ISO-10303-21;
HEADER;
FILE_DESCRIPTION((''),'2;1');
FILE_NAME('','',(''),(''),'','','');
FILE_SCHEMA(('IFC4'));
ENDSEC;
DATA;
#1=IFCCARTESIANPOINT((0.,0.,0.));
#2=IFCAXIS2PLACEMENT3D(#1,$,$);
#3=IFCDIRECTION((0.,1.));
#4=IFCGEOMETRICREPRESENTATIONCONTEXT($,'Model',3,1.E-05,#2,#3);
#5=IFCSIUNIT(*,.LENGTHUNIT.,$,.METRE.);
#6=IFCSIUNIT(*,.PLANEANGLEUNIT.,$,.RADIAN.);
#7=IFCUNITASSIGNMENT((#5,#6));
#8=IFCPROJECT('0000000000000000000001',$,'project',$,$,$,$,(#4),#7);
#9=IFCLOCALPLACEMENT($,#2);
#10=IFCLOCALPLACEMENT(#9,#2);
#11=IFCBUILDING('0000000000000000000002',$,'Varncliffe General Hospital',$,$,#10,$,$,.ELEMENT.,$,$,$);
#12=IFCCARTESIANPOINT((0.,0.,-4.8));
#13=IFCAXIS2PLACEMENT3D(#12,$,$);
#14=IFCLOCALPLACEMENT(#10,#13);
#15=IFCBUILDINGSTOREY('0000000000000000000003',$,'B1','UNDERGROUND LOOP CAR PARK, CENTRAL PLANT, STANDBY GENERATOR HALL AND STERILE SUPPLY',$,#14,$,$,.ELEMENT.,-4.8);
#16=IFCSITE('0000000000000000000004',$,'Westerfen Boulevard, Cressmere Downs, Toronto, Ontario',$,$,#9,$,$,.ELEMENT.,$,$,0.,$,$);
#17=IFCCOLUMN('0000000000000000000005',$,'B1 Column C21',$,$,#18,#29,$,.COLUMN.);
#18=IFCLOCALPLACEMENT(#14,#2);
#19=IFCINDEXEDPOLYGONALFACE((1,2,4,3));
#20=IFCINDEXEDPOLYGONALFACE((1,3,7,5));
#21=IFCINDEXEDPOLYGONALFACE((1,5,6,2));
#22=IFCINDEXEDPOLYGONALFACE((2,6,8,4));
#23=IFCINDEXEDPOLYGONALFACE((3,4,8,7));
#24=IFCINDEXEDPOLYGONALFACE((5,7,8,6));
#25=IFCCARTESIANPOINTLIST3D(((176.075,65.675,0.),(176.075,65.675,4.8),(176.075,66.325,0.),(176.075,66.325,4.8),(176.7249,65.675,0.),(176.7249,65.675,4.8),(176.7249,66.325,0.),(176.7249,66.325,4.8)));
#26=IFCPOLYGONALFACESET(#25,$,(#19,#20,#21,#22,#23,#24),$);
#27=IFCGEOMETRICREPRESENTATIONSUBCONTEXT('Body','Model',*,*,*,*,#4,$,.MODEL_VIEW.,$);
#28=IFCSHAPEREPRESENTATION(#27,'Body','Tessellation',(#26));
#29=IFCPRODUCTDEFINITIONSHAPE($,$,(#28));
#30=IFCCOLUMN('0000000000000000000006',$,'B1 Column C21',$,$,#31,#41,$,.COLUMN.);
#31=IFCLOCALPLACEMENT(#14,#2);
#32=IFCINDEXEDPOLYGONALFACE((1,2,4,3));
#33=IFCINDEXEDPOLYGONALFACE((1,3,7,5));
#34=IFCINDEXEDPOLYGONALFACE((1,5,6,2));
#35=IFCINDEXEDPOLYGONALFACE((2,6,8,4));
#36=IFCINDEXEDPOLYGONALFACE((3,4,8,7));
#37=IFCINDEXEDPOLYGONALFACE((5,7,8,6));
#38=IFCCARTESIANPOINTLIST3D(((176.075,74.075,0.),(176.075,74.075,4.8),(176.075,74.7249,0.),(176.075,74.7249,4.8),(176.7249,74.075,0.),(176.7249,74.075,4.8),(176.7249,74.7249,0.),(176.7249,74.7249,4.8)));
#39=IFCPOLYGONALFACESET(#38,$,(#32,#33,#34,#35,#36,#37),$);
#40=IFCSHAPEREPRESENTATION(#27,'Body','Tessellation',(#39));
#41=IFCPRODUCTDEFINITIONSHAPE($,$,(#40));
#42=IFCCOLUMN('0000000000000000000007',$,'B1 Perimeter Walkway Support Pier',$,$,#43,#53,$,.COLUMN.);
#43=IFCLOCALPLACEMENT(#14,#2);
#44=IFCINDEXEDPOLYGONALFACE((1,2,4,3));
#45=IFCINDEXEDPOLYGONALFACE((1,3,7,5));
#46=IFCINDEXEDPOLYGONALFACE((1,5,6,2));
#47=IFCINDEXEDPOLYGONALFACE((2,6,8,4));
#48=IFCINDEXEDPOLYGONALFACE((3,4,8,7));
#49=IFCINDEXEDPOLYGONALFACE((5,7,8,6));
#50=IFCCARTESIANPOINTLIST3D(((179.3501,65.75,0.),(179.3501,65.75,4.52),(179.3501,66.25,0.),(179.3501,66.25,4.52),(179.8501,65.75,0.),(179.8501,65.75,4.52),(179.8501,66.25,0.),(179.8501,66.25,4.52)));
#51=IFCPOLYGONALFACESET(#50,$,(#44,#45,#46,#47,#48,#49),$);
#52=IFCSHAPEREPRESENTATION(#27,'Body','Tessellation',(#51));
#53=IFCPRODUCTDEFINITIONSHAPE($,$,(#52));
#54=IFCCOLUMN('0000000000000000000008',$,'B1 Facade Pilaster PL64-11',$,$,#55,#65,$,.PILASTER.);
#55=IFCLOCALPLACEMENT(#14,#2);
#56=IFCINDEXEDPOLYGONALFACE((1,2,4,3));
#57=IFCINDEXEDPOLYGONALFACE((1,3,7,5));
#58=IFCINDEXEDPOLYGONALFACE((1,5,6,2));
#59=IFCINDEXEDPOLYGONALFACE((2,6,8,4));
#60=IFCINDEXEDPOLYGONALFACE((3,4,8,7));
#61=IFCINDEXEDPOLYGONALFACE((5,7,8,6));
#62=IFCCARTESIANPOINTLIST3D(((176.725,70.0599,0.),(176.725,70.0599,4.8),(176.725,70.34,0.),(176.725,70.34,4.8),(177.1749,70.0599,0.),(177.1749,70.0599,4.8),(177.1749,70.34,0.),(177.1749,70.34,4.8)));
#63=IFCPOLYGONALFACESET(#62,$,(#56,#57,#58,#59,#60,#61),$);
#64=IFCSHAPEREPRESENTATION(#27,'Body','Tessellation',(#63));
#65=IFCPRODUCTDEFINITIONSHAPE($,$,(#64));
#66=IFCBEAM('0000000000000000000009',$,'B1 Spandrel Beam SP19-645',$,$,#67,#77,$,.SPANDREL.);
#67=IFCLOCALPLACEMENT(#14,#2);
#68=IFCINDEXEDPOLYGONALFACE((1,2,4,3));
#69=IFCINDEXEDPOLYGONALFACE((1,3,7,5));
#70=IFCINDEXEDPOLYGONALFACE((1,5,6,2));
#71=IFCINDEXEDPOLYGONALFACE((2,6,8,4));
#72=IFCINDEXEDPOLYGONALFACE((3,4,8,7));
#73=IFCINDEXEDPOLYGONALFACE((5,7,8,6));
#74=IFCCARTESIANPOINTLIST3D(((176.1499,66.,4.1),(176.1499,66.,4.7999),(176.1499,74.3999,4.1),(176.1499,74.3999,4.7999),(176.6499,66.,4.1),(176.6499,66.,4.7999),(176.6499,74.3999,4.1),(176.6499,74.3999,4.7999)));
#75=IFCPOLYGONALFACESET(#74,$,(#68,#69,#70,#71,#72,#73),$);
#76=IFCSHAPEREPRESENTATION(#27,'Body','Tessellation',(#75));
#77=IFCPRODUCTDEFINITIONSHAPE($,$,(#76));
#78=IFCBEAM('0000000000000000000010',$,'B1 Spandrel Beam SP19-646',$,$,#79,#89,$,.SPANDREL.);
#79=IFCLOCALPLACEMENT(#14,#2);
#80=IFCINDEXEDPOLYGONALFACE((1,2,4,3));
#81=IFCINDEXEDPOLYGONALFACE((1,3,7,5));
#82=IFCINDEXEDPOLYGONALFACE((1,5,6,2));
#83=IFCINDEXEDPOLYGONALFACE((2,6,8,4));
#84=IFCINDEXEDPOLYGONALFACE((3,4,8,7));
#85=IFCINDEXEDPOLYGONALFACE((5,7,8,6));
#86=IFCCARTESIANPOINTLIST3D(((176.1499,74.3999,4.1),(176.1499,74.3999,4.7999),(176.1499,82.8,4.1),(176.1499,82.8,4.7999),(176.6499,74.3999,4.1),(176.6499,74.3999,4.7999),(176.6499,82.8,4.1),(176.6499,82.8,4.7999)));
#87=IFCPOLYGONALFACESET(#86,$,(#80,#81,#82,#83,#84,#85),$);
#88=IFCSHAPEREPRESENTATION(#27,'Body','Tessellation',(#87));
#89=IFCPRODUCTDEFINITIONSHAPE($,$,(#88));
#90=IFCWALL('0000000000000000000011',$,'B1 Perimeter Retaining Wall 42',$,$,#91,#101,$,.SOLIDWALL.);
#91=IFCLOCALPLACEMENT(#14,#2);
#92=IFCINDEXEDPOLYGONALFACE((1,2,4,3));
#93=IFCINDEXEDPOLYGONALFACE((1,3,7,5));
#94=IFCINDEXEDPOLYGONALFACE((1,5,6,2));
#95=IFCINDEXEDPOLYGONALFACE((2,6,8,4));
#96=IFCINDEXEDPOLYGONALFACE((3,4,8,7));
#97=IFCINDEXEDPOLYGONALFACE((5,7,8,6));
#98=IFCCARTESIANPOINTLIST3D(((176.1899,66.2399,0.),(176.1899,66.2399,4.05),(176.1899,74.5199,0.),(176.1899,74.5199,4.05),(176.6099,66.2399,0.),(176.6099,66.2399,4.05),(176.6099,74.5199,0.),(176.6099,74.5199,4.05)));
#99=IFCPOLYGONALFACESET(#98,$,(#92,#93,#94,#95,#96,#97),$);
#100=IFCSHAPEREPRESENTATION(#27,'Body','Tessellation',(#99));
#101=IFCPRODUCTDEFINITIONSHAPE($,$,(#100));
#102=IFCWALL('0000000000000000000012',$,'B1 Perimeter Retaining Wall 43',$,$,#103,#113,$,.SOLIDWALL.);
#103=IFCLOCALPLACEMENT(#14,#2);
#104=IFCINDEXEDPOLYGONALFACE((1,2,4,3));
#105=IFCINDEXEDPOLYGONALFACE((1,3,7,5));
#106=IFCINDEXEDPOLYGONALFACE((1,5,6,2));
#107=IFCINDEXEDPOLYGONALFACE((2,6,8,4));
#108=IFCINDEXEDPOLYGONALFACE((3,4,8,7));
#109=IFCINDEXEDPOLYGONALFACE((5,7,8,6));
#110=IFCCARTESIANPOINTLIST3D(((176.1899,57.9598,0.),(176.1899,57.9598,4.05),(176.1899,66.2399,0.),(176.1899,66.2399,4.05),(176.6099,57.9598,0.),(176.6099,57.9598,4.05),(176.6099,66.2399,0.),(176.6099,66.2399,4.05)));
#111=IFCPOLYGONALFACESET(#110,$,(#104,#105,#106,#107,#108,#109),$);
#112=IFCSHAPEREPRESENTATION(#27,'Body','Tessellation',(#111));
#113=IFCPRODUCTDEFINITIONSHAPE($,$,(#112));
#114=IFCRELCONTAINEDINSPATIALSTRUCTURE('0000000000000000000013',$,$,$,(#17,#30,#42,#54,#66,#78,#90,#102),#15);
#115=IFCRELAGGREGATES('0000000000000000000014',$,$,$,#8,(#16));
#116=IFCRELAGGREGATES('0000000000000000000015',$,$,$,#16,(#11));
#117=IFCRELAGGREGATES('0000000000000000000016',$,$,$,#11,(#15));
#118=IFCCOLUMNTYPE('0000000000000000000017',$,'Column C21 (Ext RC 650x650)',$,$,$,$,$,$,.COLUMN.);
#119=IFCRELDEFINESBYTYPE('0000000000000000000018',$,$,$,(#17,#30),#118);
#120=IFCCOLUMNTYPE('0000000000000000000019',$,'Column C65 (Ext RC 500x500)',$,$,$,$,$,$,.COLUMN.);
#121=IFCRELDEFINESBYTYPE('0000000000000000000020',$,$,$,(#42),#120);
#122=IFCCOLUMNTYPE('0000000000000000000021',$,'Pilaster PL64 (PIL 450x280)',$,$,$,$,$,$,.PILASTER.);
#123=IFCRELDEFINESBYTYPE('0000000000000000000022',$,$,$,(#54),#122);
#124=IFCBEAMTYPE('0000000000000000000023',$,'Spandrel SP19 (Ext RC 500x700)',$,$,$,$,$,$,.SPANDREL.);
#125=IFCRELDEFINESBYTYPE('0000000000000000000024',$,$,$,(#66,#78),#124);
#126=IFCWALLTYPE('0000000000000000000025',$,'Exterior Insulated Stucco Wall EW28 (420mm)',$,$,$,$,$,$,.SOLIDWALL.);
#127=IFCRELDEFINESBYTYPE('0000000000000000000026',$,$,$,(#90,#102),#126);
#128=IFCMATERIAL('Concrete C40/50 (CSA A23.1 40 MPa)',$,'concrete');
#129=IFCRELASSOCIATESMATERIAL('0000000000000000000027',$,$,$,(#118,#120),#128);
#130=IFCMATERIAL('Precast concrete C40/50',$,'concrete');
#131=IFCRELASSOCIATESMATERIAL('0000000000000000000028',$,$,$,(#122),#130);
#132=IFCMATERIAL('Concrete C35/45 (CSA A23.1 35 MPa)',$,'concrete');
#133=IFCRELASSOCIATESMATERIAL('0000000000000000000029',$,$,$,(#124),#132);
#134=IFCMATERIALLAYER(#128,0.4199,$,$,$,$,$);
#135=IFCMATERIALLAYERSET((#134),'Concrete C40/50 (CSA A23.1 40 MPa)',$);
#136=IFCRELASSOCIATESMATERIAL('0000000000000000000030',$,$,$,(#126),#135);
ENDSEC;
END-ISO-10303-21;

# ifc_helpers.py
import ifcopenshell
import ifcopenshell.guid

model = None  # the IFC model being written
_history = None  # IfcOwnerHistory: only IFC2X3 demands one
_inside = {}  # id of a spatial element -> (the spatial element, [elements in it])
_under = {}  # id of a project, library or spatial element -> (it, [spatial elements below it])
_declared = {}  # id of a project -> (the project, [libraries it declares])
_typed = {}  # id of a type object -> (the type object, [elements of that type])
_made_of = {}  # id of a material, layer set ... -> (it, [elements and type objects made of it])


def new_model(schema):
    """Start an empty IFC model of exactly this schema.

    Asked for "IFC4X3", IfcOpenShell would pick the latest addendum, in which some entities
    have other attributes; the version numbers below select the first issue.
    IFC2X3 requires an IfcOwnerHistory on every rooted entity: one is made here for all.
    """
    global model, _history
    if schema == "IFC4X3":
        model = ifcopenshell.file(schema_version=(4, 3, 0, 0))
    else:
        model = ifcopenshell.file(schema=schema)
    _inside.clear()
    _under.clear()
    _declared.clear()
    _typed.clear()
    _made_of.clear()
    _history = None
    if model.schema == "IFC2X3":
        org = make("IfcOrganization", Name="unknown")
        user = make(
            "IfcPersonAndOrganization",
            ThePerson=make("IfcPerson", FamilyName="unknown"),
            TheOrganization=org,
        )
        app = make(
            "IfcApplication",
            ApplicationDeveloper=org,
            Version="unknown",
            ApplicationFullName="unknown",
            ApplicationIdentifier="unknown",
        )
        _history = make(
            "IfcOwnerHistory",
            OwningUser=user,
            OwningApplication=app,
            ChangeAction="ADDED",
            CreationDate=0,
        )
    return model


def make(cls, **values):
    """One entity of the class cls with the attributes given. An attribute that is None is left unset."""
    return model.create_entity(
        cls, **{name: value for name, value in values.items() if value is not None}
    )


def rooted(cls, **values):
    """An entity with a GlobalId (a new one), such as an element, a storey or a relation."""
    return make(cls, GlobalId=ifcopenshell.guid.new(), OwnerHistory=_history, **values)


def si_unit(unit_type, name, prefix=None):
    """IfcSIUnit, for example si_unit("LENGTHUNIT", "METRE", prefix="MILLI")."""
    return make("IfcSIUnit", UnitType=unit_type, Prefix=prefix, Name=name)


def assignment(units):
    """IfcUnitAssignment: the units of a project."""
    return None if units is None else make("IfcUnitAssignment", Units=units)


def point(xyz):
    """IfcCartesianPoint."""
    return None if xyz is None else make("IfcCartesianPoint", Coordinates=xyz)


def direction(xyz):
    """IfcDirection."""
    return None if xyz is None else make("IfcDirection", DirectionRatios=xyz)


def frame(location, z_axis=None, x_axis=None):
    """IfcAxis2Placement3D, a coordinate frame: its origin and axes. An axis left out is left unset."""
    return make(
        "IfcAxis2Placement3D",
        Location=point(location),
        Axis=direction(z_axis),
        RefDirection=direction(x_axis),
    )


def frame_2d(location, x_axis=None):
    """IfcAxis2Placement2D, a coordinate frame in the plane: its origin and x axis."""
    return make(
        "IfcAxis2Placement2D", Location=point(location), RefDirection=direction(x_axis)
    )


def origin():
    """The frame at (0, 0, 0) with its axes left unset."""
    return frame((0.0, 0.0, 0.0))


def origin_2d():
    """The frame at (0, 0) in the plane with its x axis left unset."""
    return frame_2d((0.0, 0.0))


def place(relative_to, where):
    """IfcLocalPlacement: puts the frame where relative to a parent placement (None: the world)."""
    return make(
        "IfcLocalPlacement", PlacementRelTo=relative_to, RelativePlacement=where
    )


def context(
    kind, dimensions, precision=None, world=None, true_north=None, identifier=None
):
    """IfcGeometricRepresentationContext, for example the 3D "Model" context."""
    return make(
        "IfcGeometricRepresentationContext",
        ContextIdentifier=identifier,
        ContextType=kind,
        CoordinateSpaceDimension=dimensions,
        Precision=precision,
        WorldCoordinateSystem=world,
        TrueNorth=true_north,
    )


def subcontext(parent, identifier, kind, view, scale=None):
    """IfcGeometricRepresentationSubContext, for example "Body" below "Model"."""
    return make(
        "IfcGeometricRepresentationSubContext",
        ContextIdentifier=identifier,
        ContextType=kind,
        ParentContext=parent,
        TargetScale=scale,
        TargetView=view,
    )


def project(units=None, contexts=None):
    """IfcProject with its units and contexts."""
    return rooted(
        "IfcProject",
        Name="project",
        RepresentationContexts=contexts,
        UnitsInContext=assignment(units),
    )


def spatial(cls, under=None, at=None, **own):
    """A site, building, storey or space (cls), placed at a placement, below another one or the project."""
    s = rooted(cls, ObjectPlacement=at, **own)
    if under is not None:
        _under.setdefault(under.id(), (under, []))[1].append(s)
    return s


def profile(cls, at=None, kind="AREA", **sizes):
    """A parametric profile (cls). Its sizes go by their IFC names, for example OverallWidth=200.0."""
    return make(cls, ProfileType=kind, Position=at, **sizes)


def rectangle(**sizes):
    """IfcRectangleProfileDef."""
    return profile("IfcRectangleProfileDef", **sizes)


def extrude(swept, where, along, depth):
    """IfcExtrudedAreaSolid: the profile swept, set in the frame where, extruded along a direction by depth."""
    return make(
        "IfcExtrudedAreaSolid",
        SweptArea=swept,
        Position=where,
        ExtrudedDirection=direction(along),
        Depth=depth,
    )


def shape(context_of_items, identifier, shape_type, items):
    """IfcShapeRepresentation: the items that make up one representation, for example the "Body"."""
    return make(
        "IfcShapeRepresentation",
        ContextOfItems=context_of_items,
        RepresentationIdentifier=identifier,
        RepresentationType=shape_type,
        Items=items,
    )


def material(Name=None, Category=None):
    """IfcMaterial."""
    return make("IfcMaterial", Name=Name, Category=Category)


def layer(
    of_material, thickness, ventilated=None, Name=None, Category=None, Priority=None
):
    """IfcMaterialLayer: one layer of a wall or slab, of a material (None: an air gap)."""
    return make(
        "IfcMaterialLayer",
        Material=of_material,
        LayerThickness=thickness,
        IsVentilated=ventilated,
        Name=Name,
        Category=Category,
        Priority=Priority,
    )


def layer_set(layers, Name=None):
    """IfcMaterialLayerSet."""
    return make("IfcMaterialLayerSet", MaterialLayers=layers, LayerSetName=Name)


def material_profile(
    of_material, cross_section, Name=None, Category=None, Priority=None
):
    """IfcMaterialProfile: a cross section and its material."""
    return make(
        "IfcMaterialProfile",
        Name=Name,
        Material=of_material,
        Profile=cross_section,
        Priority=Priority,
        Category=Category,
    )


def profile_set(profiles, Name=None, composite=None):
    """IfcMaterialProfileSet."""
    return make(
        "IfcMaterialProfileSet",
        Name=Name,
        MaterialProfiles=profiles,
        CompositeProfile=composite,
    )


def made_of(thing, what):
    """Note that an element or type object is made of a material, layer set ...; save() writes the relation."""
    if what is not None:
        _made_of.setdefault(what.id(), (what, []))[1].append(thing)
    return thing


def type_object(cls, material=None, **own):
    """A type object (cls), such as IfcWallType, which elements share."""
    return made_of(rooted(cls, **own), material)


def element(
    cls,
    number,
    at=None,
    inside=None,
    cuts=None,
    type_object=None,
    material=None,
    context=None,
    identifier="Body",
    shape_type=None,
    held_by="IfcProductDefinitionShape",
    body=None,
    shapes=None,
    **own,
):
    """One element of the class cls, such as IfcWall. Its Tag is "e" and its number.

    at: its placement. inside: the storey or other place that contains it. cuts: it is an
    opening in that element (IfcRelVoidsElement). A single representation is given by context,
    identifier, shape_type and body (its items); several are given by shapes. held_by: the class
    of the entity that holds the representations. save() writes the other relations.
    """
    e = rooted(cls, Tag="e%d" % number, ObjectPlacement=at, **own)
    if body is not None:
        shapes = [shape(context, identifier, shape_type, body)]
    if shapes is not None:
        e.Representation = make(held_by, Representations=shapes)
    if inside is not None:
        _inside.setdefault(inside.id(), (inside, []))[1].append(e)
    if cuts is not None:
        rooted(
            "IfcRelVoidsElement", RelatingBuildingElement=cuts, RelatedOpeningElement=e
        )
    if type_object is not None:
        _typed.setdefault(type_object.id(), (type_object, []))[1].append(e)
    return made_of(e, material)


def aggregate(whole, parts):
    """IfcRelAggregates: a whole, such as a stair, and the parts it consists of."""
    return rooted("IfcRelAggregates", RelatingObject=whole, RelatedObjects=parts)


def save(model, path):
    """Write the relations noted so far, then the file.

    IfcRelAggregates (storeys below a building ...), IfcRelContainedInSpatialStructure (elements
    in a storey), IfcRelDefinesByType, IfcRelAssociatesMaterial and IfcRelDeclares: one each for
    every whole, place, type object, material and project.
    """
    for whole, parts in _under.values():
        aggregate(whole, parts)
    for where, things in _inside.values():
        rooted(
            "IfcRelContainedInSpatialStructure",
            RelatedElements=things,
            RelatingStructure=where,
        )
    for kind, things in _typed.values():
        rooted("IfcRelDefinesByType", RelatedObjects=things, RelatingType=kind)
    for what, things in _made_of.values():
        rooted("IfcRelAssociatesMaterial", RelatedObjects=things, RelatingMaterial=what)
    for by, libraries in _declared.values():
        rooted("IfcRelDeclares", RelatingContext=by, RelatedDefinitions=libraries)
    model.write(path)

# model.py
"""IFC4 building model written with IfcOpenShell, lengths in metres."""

from ifc_helpers import new_model, si_unit, direction, frame, frame_2d, origin, origin_2d, place, context, subcontext, project, spatial, rectangle, extrude, material, layer, layer_set, material_profile, profile_set, type_object, element, save


model = new_model("IFC4")

# Units and contexts
model_context = context("Model", 3, precision=1e-05, world=origin(), true_north=direction((0.0, 1.0)))
body_context = subcontext(model_context, "Body", "Model", "MODEL_VIEW")
ifc_project = project(units=[si_unit("LENGTHUNIT", "METRE"), si_unit("PLANEANGLEUNIT", "RADIAN")], contexts=[model_context])

# Site, building, storey
site_placement = place(None, origin())
site = spatial("IfcSite", under=ifc_project, at=site_placement, Name="Westerfen Boulevard, Cressmere Downs, Toronto, Ontario", CompositionType="ELEMENT", RefElevation=0.0)
building_placement = place(site_placement, origin())
building = spatial("IfcBuilding", under=site, at=building_placement, Name="Varncliffe General Hospital", CompositionType="ELEMENT")
storey_placement = place(building_placement, frame((0.0, 0.0, -4.8)))
storey = spatial("IfcBuildingStorey", under=building, at=storey_placement, Name="B1", Description="UNDERGROUND LOOP CAR PARK, CENTRAL PLANT, STANDBY GENERATOR HALL AND STERILE SUPPLY", CompositionType="ELEMENT", Elevation=-4.8)

# Shared definitions
ifc_material_1 = material(Name="Concrete C40/50 (CSA A23.1 40 MPa)", Category="concrete")

# Columns
ifc_material_profile_1 = material_profile(ifc_material_1, rectangle(XDim=0.6499, YDim=0.6499, at=origin_2d()), Name="RC 650x650")
ifc_profile_set_1 = profile_set([ifc_material_profile_1], Name="Concrete C40/50 (CSA A23.1 40 MPa)")
column_type_1 = type_object("IfcColumnType", Name="Column C21 (Ext RC 650x650)", PredefinedType="COLUMN", material=ifc_profile_set_1)
for number, where, z_axis, x_axis, name in (
    (1, (176.3999, 66.0, 0.0), (0.0, 0.0, 1.0), (1.0, 0.0, 0.0), "B1 Column C21"),
    (2, (176.3999, 74.3999, 0.0), (0.0, 0.0, 1.0), (1.0, 0.0, 0.0), "B1 Column C21"),
):
    element("IfcColumn", number, at=place(storey_placement, frame(where, z_axis=z_axis, x_axis=x_axis)), inside=storey, type_object=column_type_1, Name=name, PredefinedType="COLUMN", context=body_context, shape_type="SweptSolid", body=[
        extrude(rectangle(XDim=0.6499, YDim=0.6499, at=origin_2d()), origin(), (0.0, 0.0, 1.0), 4.8),
    ])
ifc_material_profile_2 = material_profile(ifc_material_1, rectangle(XDim=0.5, YDim=0.5, at=origin_2d()), Name="RC 500x500")
ifc_profile_set_2 = profile_set([ifc_material_profile_2], Name="Concrete C40/50 (CSA A23.1 40 MPa)")
column_type_2 = type_object("IfcColumnType", Name="Column C65 (Ext RC 500x500)", PredefinedType="COLUMN", material=ifc_profile_set_2)
column_1_placement = place(storey_placement, frame((179.6001, 66.0, 0.0), z_axis=(0.0, 0.0, 1.0), x_axis=(1.0, 0.0, 0.0)))
element("IfcColumn", 3, at=column_1_placement, inside=storey, type_object=column_type_2, Name="B1 Perimeter Walkway Support Pier", PredefinedType="COLUMN", context=body_context, shape_type="SweptSolid", body=[
    extrude(rectangle(XDim=0.5, YDim=0.5, at=origin_2d()), origin(), (0.0, 0.0, 1.0), 4.52),
])
ifc_material_2 = material(Name="Precast concrete C40/50", Category="concrete")
ifc_material_profile_3 = material_profile(ifc_material_2, rectangle(XDim=0.45, YDim=0.28, at=origin_2d()), Name="PIL 450x280")
ifc_profile_set_3 = profile_set([ifc_material_profile_3], Name="Precast concrete C40/50")
column_type_3 = type_object("IfcColumnType", Name="Pilaster PL64 (PIL 450x280)", PredefinedType="PILASTER", material=ifc_profile_set_3)
column_2_placement = place(storey_placement, frame((176.95, 70.2, 0.0), z_axis=(0.0, 0.0, 1.0), x_axis=(1.0, 0.0, 0.0)))
element("IfcColumn", 4, at=column_2_placement, inside=storey, type_object=column_type_3, Name="B1 Facade Pilaster PL64-11", PredefinedType="PILASTER", context=body_context, shape_type="SweptSolid", body=[
    extrude(rectangle(XDim=0.45, YDim=0.28, at=origin_2d()), origin(), (0.0, 0.0, 1.0), 4.8),
])

# Beams
ifc_material_3 = material(Name="Concrete C35/45 (CSA A23.1 35 MPa)", Category="concrete")
ifc_material_profile_4 = material_profile(ifc_material_3, rectangle(XDim=0.5, YDim=0.7, at=origin_2d()), Name="RC 500x700")
ifc_profile_set_4 = profile_set([ifc_material_profile_4], Name="Concrete C35/45 (CSA A23.1 35 MPa)")
beam_type = type_object("IfcBeamType", Name="Spandrel SP19 (Ext RC 500x700)", PredefinedType="SPANDREL", material=ifc_profile_set_4)
beam_1_placement = place(storey_placement, frame((176.3999, 66.0, 4.45), z_axis=(0.0, 1.0, 0.0), x_axis=(-1.0, 0.0, 0.0)))
element("IfcBeam", 5, at=beam_1_placement, inside=storey, type_object=beam_type, Name="B1 Spandrel Beam SP19-645", PredefinedType="SPANDREL", context=body_context, shape_type="SweptSolid", body=[
    extrude(rectangle(XDim=0.5, YDim=0.7, at=origin_2d()), origin(), (0.0, 0.0, 1.0), 8.3999),
])
beam_2_placement = place(storey_placement, frame((176.3999, 74.3999, 4.45), z_axis=(0.0, 1.0, 0.0), x_axis=(-1.0, 0.0, 0.0)))
element("IfcBeam", 6, at=beam_2_placement, inside=storey, type_object=beam_type, Name="B1 Spandrel Beam SP19-646", PredefinedType="SPANDREL", context=body_context, shape_type="SweptSolid", body=[
    extrude(rectangle(XDim=0.5, YDim=0.7, at=origin_2d()), origin(), (0.0, 0.0, 1.0), 8.4001),
])

# Walls
ifc_layer = layer(ifc_material_1, 0.4199)
ifc_layer_set = layer_set([ifc_layer], Name="Concrete C40/50 (CSA A23.1 40 MPa)")
wall_type = type_object("IfcWallType", Name="Exterior Insulated Stucco Wall EW28 (420mm)", PredefinedType="SOLIDWALL", material=ifc_layer_set)
for number, where, z_axis, x_axis, name in (
    (7, (176.3999, 74.52, 0.0), (0.0, 0.0, 1.0), (0.0, -1.0, 0.0), "B1 Perimeter Retaining Wall 42"),
    (8, (176.3999, 66.24, 0.0), (0.0, 0.0, 1.0), (0.0, -1.0, 0.0), "B1 Perimeter Retaining Wall 43"),
):
    element("IfcWall", number, at=place(storey_placement, frame(where, z_axis=z_axis, x_axis=x_axis)), inside=storey, type_object=wall_type, Name=name, PredefinedType="SOLIDWALL", context=body_context, shape_type="SweptSolid", body=[
        extrude(rectangle(XDim=8.28, YDim=0.4199, at=frame_2d((4.1401, 0.0))), origin(), (0.0, 0.0, 1.0), 4.05),
    ])

save(model, "model.ifc")
